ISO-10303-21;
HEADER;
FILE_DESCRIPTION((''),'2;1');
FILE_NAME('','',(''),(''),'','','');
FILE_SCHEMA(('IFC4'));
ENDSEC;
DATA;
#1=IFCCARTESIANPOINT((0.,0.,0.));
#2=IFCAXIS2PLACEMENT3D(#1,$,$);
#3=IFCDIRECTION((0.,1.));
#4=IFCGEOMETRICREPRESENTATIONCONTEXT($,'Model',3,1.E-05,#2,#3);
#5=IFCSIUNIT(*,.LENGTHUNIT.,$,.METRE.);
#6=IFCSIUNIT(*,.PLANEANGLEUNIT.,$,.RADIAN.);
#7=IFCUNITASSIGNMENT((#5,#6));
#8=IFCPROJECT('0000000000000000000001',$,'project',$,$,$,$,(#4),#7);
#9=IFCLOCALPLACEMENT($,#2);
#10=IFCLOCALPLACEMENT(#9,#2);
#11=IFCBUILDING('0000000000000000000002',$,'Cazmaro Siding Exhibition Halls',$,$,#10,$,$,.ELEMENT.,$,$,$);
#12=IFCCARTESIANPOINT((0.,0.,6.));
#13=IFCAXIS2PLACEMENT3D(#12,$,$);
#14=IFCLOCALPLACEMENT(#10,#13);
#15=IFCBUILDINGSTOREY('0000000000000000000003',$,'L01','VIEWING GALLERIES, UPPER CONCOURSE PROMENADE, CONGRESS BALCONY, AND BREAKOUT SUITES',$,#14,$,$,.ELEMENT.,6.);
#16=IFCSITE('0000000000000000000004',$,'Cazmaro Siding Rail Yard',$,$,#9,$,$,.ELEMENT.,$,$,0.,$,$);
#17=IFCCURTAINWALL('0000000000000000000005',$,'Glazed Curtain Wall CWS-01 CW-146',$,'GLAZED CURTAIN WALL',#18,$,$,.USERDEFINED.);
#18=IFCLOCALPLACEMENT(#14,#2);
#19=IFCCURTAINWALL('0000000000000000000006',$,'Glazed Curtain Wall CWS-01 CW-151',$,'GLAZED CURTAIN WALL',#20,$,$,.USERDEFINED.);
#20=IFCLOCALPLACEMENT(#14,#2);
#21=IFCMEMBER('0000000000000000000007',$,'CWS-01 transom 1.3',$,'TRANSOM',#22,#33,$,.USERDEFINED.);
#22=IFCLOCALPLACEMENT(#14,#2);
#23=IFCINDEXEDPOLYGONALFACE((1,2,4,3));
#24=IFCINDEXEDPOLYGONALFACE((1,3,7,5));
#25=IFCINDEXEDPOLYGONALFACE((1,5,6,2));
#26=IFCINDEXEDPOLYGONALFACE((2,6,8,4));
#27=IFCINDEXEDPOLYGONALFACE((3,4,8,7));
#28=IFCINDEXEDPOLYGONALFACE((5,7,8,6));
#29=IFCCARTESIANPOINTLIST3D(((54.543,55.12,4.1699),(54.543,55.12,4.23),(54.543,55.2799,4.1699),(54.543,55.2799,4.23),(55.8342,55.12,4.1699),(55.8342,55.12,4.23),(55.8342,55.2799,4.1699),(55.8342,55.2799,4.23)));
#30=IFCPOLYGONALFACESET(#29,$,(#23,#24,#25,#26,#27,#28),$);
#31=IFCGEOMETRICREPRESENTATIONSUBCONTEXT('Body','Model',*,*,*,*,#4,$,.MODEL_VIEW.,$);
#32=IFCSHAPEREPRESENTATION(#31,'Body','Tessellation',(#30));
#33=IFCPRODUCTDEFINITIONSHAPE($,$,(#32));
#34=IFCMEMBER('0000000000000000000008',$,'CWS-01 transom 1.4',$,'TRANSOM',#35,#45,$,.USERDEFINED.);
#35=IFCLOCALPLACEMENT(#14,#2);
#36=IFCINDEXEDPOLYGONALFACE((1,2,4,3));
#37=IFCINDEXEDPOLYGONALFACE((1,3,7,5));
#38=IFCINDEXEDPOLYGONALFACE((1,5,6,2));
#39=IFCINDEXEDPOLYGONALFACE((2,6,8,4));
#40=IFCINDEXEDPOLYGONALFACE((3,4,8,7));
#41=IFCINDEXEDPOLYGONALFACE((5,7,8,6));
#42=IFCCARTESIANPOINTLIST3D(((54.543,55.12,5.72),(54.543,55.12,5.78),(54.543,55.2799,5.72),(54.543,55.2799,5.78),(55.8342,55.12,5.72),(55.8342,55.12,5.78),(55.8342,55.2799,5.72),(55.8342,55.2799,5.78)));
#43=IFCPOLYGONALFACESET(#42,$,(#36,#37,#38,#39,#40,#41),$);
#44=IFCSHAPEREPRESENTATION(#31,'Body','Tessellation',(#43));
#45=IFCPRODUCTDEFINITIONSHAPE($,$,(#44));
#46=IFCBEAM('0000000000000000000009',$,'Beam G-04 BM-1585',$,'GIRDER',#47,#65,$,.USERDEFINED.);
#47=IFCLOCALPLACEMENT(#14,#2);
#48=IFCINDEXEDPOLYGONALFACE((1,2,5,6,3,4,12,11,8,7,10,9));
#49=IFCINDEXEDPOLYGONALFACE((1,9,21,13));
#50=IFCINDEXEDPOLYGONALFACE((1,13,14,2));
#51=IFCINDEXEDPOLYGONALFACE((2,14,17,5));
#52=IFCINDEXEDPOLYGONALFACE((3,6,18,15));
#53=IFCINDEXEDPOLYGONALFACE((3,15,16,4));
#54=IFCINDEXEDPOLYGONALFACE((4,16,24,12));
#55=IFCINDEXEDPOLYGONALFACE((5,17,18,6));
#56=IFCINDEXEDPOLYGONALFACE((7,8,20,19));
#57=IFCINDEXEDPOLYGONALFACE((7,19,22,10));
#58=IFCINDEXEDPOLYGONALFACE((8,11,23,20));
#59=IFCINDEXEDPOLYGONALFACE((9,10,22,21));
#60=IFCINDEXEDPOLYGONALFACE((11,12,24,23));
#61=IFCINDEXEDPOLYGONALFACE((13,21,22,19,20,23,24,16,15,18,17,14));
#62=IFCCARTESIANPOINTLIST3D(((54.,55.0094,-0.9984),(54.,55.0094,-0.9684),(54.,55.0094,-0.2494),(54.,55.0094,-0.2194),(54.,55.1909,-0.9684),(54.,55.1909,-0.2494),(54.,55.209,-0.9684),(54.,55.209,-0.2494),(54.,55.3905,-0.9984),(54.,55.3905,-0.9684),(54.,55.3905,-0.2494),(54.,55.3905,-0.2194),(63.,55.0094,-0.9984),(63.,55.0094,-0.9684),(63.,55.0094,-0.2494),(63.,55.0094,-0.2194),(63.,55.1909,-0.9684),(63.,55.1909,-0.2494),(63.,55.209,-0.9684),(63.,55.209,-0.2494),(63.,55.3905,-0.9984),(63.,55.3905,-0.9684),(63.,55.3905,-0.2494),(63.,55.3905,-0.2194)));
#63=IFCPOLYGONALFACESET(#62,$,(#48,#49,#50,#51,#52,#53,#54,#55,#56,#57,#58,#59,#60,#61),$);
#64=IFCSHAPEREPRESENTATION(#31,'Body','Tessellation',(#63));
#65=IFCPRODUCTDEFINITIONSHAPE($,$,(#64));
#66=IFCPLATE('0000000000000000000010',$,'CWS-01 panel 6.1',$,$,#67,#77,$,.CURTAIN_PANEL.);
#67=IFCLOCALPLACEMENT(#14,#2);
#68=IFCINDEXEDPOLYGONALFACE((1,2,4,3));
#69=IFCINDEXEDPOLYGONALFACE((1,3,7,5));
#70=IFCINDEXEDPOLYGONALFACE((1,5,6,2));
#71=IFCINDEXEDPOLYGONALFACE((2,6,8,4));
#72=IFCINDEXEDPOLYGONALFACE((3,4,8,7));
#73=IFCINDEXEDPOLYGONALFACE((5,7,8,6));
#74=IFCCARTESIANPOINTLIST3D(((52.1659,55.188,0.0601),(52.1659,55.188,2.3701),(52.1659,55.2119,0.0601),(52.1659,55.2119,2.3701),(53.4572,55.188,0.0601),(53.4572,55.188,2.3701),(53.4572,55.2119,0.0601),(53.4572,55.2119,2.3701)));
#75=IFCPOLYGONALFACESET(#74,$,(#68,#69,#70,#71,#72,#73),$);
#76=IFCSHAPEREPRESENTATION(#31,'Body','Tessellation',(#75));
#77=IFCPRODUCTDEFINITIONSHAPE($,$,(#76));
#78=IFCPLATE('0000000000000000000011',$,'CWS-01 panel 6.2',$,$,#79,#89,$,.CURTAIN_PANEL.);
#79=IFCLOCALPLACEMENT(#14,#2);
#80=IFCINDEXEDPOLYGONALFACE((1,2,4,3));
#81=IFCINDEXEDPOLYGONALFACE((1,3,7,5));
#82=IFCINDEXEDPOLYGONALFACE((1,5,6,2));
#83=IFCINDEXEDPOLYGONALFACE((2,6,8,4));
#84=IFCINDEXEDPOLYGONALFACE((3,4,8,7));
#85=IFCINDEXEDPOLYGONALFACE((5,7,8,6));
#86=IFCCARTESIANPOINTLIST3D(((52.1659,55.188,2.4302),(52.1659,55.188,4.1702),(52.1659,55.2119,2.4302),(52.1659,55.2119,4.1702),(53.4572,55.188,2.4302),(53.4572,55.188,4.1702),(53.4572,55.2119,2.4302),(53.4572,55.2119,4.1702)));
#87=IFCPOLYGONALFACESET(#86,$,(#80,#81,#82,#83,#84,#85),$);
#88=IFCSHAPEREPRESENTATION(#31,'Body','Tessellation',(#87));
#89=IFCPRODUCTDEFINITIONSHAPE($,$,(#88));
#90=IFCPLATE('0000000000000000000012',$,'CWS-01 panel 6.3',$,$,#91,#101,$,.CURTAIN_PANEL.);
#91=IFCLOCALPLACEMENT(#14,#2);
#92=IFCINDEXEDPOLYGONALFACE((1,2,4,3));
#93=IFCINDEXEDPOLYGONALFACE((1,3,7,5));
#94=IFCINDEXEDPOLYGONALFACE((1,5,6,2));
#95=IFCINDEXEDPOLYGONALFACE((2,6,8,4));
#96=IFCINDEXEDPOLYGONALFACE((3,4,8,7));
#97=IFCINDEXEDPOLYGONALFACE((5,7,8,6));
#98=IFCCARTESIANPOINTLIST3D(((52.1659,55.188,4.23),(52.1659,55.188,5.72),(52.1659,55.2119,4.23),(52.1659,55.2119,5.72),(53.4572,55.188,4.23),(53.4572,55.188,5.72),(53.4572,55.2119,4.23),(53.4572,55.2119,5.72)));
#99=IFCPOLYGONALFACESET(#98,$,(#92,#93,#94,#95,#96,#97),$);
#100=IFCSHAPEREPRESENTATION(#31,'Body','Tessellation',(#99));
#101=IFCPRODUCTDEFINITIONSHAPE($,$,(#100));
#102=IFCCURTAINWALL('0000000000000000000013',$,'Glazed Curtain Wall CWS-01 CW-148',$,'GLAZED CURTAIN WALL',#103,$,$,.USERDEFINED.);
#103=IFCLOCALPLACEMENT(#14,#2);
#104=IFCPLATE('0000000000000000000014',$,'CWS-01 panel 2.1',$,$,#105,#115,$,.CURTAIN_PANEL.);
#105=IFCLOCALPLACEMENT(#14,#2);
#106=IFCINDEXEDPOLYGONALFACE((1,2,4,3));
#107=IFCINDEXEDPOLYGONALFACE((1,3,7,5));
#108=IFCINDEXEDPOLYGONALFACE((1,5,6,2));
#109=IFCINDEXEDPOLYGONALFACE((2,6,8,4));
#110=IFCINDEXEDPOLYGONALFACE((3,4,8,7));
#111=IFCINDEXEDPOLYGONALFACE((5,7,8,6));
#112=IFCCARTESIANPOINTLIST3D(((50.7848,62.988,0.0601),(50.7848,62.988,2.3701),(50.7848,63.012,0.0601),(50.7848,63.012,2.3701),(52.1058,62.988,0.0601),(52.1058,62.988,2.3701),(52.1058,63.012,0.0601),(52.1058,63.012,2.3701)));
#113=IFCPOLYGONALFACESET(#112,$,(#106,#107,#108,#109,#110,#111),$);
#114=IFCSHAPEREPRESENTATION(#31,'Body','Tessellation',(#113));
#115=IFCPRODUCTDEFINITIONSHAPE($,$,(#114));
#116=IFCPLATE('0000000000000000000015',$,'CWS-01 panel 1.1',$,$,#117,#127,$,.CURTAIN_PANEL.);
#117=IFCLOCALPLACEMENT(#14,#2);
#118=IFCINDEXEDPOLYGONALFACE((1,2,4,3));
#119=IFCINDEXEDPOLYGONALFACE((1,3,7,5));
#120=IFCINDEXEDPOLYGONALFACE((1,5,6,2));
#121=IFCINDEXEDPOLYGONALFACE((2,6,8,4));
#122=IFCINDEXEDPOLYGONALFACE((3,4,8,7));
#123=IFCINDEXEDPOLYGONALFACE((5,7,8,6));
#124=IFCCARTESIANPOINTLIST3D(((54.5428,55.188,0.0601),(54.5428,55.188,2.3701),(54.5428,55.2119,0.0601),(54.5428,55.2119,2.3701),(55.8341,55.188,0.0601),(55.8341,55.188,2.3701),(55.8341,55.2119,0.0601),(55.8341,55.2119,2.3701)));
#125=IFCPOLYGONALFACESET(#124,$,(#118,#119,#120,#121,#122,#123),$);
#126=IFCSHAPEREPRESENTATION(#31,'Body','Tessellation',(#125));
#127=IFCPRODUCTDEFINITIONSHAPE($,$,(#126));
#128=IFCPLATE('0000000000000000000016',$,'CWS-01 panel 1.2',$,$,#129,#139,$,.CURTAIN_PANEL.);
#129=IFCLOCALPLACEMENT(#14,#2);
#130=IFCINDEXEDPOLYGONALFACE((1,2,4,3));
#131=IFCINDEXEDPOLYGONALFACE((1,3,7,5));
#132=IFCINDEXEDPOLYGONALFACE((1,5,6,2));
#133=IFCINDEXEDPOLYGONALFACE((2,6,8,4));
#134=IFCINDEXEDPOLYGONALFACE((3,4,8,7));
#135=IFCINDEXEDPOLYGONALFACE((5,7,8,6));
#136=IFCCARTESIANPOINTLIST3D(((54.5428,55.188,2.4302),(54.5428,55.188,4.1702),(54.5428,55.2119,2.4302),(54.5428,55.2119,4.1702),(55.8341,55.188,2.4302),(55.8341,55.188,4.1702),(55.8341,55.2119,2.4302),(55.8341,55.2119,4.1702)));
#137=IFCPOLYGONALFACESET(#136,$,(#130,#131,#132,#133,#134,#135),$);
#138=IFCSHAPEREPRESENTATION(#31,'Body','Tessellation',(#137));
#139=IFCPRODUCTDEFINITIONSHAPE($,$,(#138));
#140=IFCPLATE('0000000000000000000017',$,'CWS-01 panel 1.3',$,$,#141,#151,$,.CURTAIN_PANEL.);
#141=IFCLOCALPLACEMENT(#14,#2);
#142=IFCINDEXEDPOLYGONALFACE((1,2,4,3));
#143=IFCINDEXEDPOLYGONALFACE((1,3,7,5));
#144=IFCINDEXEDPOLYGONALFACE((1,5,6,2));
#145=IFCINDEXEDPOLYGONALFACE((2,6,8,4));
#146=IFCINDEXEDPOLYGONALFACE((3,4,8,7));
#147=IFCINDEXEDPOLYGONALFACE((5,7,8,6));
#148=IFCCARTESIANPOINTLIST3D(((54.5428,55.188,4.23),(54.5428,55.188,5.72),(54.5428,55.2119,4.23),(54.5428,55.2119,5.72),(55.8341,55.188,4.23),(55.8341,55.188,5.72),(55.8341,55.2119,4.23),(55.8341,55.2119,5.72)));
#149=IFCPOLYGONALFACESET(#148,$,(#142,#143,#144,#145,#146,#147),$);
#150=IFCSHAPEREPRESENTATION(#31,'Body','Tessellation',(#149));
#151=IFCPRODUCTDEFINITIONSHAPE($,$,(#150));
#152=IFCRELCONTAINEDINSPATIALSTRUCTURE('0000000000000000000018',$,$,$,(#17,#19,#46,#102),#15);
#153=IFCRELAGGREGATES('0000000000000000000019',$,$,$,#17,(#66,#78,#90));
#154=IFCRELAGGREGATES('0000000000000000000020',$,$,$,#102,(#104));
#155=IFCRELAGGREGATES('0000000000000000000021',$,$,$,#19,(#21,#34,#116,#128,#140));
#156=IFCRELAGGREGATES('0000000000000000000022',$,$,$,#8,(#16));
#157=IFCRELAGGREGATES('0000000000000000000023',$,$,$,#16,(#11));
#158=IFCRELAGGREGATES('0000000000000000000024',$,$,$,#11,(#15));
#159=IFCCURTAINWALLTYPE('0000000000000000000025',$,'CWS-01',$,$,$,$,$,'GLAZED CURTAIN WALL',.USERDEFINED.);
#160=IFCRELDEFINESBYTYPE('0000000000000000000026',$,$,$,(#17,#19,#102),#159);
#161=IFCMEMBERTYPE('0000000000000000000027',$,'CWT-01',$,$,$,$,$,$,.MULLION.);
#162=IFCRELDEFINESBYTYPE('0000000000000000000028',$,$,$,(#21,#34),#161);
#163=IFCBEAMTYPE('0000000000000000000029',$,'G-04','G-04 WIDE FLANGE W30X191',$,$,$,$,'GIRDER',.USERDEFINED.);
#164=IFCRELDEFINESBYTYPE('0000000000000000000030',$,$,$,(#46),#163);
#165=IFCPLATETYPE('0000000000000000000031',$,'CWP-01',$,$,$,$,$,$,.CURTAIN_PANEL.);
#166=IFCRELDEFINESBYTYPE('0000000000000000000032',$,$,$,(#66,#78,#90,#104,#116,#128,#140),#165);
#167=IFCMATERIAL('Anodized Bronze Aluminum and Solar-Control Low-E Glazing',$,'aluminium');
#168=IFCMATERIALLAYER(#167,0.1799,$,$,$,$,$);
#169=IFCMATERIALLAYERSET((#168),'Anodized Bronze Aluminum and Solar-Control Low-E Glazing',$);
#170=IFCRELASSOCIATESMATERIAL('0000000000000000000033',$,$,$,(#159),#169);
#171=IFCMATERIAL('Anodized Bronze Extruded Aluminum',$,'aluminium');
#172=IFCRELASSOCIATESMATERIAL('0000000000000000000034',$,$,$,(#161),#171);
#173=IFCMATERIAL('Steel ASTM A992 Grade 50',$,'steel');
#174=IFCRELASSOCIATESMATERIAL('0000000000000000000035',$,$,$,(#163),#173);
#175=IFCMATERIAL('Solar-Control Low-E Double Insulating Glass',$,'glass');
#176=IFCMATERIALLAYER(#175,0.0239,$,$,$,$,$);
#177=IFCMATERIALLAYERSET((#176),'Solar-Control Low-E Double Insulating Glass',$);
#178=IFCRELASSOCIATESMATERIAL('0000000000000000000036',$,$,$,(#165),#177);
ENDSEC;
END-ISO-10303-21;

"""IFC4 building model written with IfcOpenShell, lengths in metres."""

from ifc_helpers import new_model, si_unit, direction, frame, origin, origin_2d, place, context, subcontext, project, spatial, rectangle, i_section, extrude, material, layer, layer_set, material_profile, profile_set, type_object, element, aggregate, save


model = new_model("IFC4")

# Units and contexts
model_context = context("Model", 3, precision=1e-05, world=origin(), true_north=direction((0.0, 1.0)))
body_context = subcontext(model_context, "Body", "Model", "MODEL_VIEW")
ifc_project = project(units=[si_unit("LENGTHUNIT", "METRE"), si_unit("PLANEANGLEUNIT", "RADIAN")], contexts=[model_context])

# Site, building, storey
site_placement = place(None, origin())
site = spatial("IfcSite", under=ifc_project, at=site_placement, Name="Cazmaro Siding Rail Yard", CompositionType="ELEMENT", RefElevation=0.0)
building_placement = place(site_placement, origin())
building = spatial("IfcBuilding", under=site, at=building_placement, Name="Cazmaro Siding Exhibition Halls", CompositionType="ELEMENT")
storey_placement = place(building_placement, frame((0.0, 0.0, 6.0)))
storey = spatial("IfcBuildingStorey", under=building, at=storey_placement, Name="L01", Description="VIEWING GALLERIES, UPPER CONCOURSE PROMENADE, CONGRESS BALCONY, AND BREAKOUT SUITES", CompositionType="ELEMENT", Elevation=6.0)

# Curtain wall
ifc_material_1 = material(Name="Anodized Bronze Aluminum and Solar-Control Low-E Glazing", Category="aluminium")
ifc_layer_1 = layer(ifc_material_1, 0.1799)
ifc_layer_set_1 = layer_set([ifc_layer_1], Name="Anodized Bronze Aluminum and Solar-Control Low-E Glazing")
curtain_wall_type = type_object("IfcCurtainWallType", Name="CWS-01", ElementType="GLAZED CURTAIN WALL", PredefinedType="USERDEFINED", material=ifc_layer_set_1)
curtain_wall_1_placement = place(storey_placement, origin())
curtain_wall_1 = element("IfcCurtainWall", 1, at=curtain_wall_1_placement, inside=storey, type_object=curtain_wall_type, Name="Glazed Curtain Wall CWS-01 CW-146", ObjectType="GLAZED CURTAIN WALL", PredefinedType="USERDEFINED")

# Curtain wall
curtain_wall_2_placement = place(storey_placement, origin())
curtain_wall_2 = element("IfcCurtainWall", 2, at=curtain_wall_2_placement, inside=storey, type_object=curtain_wall_type, Name="Glazed Curtain Wall CWS-01 CW-151", ObjectType="GLAZED CURTAIN WALL", PredefinedType="USERDEFINED")

# Members
ifc_material_2 = material(Name="Anodized Bronze Extruded Aluminum", Category="aluminium")
ifc_material_profile_1 = material_profile(ifc_material_2, rectangle(XDim=0.1599, YDim=0.0601, at=origin_2d()), Name="CWT-01")
ifc_profile_set_1 = profile_set([ifc_material_profile_1], Name="Anodized Bronze Extruded Aluminum")
member_type_1 = type_object("IfcMemberType", Name="CWT-01", PredefinedType="MULLION", material=ifc_profile_set_1)
member_1_placement = place(storey_placement, frame((54.543, 55.2, 4.2), z_axis=(1.0, 0.0, 0.0), x_axis=(0.0, 1.0, 0.0)))
member_1 = element("IfcMember", 3, at=member_1_placement, type_object=member_type_1, Name="CWS-01 transom 1.3", ObjectType="TRANSOM", PredefinedType="USERDEFINED", context=body_context, shape_type="SweptSolid", body=[
    extrude(rectangle(XDim=0.1599, YDim=0.0601, at=origin_2d()), origin(), (0.0, 0.0, 1.0), 1.2913),
])
member_2_placement = place(storey_placement, frame((54.543, 55.2, 5.75), z_axis=(1.0, 0.0, 0.0), x_axis=(0.0, 1.0, 0.0)))
member_2 = element("IfcMember", 4, at=member_2_placement, type_object=member_type_1, Name="CWS-01 transom 1.4", ObjectType="TRANSOM", PredefinedType="USERDEFINED", context=body_context, shape_type="SweptSolid", body=[
    extrude(rectangle(XDim=0.1599, YDim=0.0601, at=origin_2d()), origin(), (0.0, 0.0, 1.0), 1.2913),
])

# Beam
ifc_material_3 = material(Name="Steel ASTM A992 Grade 50", Category="steel")
ifc_material_profile_2 = material_profile(ifc_material_3, i_section(OverallWidth=0.3811, OverallDepth=0.7791, WebThickness=0.0181, FlangeThickness=0.03, at=origin_2d()), Name="W30X191")
ifc_profile_set_2 = profile_set([ifc_material_profile_2], Name="Steel ASTM A992 Grade 50")
beam_type_1 = type_object("IfcBeamType", Name="G-04", Description="G-04 WIDE FLANGE W30X191", ElementType="GIRDER", PredefinedType="USERDEFINED", material=ifc_profile_set_2)
beam_1_placement = place(storey_placement, frame((54.0, 55.2, -0.6089), z_axis=(1.0, 0.0, 0.0), x_axis=(0.0, 1.0, 0.0)))
element("IfcBeam", 5, at=beam_1_placement, inside=storey, type_object=beam_type_1, Name="Beam G-04 BM-1585", ObjectType="GIRDER", PredefinedType="USERDEFINED", context=body_context, shape_type="SweptSolid", body=[
    extrude(i_section(OverallWidth=0.3811, OverallDepth=0.7791, WebThickness=0.0181, FlangeThickness=0.03, at=origin_2d()), origin(), (0.0, 0.0, 1.0), 9.0),
])

# Plates
ifc_material_4 = material(Name="Solar-Control Low-E Double Insulating Glass", Category="glass")
ifc_layer_2 = layer(ifc_material_4, 0.0239)
ifc_layer_set_2 = layer_set([ifc_layer_2], Name="Solar-Control Low-E Double Insulating Glass")
plate_type = type_object("IfcPlateType", Name="CWP-01", PredefinedType="CURTAIN_PANEL", material=ifc_layer_set_2)
plate_1_placement = place(storey_placement, frame((52.8115, 55.2, 0.0601), z_axis=(0.0, 0.0, 1.0), x_axis=(1.0, 0.0, 0.0)))
plate_1 = element("IfcPlate", 6, at=plate_1_placement, type_object=plate_type, Name="CWS-01 panel 6.1", PredefinedType="CURTAIN_PANEL", context=body_context, shape_type="SweptSolid", body=[
    extrude(rectangle(XDim=1.2913, YDim=0.0239, at=origin_2d()), origin(), (0.0, 0.0, 1.0), 2.3101),
])
plate_2_placement = place(storey_placement, frame((52.8115, 55.2, 2.4302), z_axis=(0.0, 0.0, 1.0), x_axis=(1.0, 0.0, 0.0)))
plate_2 = element("IfcPlate", 7, at=plate_2_placement, type_object=plate_type, Name="CWS-01 panel 6.2", PredefinedType="CURTAIN_PANEL", context=body_context, shape_type="SweptSolid", body=[
    extrude(rectangle(XDim=1.2913, YDim=0.0239, at=origin_2d()), origin(), (0.0, 0.0, 1.0), 1.74),
])
plate_3_placement = place(storey_placement, frame((52.8115, 55.2, 4.23), z_axis=(0.0, 0.0, 1.0), x_axis=(1.0, 0.0, 0.0)))
plate_3 = element("IfcPlate", 8, at=plate_3_placement, type_object=plate_type, Name="CWS-01 panel 6.3", PredefinedType="CURTAIN_PANEL", context=body_context, shape_type="SweptSolid", body=[
    extrude(rectangle(XDim=1.2913, YDim=0.0239, at=origin_2d()), origin(), (0.0, 0.0, 1.0), 1.49),
])
aggregate(curtain_wall_1, [plate_1, plate_2, plate_3])

# Curtain wall, plate
curtain_wall_3_placement = place(storey_placement, origin())
curtain_wall_3 = element("IfcCurtainWall", 9, at=curtain_wall_3_placement, inside=storey, type_object=curtain_wall_type, Name="Glazed Curtain Wall CWS-01 CW-148", ObjectType="GLAZED CURTAIN WALL", PredefinedType="USERDEFINED")
plate_4_placement = place(storey_placement, frame((51.4453, 63.0, 0.0601), z_axis=(0.0, 0.0, 1.0), x_axis=(-1.0, 0.0, 0.0)))
plate_4 = element("IfcPlate", 10, at=plate_4_placement, type_object=plate_type, Name="CWS-01 panel 2.1", PredefinedType="CURTAIN_PANEL", context=body_context, shape_type="SweptSolid", body=[
    extrude(rectangle(XDim=1.321, YDim=0.0239, at=origin_2d()), origin(), (0.0, 0.0, 1.0), 2.3101),
])
aggregate(curtain_wall_3, [plate_4])

# Plates
plate_5_placement = place(storey_placement, frame((55.1885, 55.2, 0.0601), z_axis=(0.0, 0.0, 1.0), x_axis=(1.0, 0.0, 0.0)))
plate_5 = element("IfcPlate", 11, at=plate_5_placement, type_object=plate_type, Name="CWS-01 panel 1.1", PredefinedType="CURTAIN_PANEL", context=body_context, shape_type="SweptSolid", body=[
    extrude(rectangle(XDim=1.2913, YDim=0.0239, at=origin_2d()), origin(), (0.0, 0.0, 1.0), 2.3101),
])
plate_6_placement = place(storey_placement, frame((55.1885, 55.2, 2.4302), z_axis=(0.0, 0.0, 1.0), x_axis=(1.0, 0.0, 0.0)))
plate_6 = element("IfcPlate", 12, at=plate_6_placement, type_object=plate_type, Name="CWS-01 panel 1.2", PredefinedType="CURTAIN_PANEL", context=body_context, shape_type="SweptSolid", body=[
    extrude(rectangle(XDim=1.2913, YDim=0.0239, at=origin_2d()), origin(), (0.0, 0.0, 1.0), 1.74),
])
plate_7_placement = place(storey_placement, frame((55.1885, 55.2, 4.23), z_axis=(0.0, 0.0, 1.0), x_axis=(1.0, 0.0, 0.0)))
plate_7 = element("IfcPlate", 13, at=plate_7_placement, type_object=plate_type, Name="CWS-01 panel 1.3", PredefinedType="CURTAIN_PANEL", context=body_context, shape_type="SweptSolid", body=[
    extrude(rectangle(XDim=1.2913, YDim=0.0239, at=origin_2d()), origin(), (0.0, 0.0, 1.0), 1.49),
])
aggregate(curtain_wall_2, [member_1, member_2, plate_5, plate_6, plate_7])

save(model, "model.ifc")
